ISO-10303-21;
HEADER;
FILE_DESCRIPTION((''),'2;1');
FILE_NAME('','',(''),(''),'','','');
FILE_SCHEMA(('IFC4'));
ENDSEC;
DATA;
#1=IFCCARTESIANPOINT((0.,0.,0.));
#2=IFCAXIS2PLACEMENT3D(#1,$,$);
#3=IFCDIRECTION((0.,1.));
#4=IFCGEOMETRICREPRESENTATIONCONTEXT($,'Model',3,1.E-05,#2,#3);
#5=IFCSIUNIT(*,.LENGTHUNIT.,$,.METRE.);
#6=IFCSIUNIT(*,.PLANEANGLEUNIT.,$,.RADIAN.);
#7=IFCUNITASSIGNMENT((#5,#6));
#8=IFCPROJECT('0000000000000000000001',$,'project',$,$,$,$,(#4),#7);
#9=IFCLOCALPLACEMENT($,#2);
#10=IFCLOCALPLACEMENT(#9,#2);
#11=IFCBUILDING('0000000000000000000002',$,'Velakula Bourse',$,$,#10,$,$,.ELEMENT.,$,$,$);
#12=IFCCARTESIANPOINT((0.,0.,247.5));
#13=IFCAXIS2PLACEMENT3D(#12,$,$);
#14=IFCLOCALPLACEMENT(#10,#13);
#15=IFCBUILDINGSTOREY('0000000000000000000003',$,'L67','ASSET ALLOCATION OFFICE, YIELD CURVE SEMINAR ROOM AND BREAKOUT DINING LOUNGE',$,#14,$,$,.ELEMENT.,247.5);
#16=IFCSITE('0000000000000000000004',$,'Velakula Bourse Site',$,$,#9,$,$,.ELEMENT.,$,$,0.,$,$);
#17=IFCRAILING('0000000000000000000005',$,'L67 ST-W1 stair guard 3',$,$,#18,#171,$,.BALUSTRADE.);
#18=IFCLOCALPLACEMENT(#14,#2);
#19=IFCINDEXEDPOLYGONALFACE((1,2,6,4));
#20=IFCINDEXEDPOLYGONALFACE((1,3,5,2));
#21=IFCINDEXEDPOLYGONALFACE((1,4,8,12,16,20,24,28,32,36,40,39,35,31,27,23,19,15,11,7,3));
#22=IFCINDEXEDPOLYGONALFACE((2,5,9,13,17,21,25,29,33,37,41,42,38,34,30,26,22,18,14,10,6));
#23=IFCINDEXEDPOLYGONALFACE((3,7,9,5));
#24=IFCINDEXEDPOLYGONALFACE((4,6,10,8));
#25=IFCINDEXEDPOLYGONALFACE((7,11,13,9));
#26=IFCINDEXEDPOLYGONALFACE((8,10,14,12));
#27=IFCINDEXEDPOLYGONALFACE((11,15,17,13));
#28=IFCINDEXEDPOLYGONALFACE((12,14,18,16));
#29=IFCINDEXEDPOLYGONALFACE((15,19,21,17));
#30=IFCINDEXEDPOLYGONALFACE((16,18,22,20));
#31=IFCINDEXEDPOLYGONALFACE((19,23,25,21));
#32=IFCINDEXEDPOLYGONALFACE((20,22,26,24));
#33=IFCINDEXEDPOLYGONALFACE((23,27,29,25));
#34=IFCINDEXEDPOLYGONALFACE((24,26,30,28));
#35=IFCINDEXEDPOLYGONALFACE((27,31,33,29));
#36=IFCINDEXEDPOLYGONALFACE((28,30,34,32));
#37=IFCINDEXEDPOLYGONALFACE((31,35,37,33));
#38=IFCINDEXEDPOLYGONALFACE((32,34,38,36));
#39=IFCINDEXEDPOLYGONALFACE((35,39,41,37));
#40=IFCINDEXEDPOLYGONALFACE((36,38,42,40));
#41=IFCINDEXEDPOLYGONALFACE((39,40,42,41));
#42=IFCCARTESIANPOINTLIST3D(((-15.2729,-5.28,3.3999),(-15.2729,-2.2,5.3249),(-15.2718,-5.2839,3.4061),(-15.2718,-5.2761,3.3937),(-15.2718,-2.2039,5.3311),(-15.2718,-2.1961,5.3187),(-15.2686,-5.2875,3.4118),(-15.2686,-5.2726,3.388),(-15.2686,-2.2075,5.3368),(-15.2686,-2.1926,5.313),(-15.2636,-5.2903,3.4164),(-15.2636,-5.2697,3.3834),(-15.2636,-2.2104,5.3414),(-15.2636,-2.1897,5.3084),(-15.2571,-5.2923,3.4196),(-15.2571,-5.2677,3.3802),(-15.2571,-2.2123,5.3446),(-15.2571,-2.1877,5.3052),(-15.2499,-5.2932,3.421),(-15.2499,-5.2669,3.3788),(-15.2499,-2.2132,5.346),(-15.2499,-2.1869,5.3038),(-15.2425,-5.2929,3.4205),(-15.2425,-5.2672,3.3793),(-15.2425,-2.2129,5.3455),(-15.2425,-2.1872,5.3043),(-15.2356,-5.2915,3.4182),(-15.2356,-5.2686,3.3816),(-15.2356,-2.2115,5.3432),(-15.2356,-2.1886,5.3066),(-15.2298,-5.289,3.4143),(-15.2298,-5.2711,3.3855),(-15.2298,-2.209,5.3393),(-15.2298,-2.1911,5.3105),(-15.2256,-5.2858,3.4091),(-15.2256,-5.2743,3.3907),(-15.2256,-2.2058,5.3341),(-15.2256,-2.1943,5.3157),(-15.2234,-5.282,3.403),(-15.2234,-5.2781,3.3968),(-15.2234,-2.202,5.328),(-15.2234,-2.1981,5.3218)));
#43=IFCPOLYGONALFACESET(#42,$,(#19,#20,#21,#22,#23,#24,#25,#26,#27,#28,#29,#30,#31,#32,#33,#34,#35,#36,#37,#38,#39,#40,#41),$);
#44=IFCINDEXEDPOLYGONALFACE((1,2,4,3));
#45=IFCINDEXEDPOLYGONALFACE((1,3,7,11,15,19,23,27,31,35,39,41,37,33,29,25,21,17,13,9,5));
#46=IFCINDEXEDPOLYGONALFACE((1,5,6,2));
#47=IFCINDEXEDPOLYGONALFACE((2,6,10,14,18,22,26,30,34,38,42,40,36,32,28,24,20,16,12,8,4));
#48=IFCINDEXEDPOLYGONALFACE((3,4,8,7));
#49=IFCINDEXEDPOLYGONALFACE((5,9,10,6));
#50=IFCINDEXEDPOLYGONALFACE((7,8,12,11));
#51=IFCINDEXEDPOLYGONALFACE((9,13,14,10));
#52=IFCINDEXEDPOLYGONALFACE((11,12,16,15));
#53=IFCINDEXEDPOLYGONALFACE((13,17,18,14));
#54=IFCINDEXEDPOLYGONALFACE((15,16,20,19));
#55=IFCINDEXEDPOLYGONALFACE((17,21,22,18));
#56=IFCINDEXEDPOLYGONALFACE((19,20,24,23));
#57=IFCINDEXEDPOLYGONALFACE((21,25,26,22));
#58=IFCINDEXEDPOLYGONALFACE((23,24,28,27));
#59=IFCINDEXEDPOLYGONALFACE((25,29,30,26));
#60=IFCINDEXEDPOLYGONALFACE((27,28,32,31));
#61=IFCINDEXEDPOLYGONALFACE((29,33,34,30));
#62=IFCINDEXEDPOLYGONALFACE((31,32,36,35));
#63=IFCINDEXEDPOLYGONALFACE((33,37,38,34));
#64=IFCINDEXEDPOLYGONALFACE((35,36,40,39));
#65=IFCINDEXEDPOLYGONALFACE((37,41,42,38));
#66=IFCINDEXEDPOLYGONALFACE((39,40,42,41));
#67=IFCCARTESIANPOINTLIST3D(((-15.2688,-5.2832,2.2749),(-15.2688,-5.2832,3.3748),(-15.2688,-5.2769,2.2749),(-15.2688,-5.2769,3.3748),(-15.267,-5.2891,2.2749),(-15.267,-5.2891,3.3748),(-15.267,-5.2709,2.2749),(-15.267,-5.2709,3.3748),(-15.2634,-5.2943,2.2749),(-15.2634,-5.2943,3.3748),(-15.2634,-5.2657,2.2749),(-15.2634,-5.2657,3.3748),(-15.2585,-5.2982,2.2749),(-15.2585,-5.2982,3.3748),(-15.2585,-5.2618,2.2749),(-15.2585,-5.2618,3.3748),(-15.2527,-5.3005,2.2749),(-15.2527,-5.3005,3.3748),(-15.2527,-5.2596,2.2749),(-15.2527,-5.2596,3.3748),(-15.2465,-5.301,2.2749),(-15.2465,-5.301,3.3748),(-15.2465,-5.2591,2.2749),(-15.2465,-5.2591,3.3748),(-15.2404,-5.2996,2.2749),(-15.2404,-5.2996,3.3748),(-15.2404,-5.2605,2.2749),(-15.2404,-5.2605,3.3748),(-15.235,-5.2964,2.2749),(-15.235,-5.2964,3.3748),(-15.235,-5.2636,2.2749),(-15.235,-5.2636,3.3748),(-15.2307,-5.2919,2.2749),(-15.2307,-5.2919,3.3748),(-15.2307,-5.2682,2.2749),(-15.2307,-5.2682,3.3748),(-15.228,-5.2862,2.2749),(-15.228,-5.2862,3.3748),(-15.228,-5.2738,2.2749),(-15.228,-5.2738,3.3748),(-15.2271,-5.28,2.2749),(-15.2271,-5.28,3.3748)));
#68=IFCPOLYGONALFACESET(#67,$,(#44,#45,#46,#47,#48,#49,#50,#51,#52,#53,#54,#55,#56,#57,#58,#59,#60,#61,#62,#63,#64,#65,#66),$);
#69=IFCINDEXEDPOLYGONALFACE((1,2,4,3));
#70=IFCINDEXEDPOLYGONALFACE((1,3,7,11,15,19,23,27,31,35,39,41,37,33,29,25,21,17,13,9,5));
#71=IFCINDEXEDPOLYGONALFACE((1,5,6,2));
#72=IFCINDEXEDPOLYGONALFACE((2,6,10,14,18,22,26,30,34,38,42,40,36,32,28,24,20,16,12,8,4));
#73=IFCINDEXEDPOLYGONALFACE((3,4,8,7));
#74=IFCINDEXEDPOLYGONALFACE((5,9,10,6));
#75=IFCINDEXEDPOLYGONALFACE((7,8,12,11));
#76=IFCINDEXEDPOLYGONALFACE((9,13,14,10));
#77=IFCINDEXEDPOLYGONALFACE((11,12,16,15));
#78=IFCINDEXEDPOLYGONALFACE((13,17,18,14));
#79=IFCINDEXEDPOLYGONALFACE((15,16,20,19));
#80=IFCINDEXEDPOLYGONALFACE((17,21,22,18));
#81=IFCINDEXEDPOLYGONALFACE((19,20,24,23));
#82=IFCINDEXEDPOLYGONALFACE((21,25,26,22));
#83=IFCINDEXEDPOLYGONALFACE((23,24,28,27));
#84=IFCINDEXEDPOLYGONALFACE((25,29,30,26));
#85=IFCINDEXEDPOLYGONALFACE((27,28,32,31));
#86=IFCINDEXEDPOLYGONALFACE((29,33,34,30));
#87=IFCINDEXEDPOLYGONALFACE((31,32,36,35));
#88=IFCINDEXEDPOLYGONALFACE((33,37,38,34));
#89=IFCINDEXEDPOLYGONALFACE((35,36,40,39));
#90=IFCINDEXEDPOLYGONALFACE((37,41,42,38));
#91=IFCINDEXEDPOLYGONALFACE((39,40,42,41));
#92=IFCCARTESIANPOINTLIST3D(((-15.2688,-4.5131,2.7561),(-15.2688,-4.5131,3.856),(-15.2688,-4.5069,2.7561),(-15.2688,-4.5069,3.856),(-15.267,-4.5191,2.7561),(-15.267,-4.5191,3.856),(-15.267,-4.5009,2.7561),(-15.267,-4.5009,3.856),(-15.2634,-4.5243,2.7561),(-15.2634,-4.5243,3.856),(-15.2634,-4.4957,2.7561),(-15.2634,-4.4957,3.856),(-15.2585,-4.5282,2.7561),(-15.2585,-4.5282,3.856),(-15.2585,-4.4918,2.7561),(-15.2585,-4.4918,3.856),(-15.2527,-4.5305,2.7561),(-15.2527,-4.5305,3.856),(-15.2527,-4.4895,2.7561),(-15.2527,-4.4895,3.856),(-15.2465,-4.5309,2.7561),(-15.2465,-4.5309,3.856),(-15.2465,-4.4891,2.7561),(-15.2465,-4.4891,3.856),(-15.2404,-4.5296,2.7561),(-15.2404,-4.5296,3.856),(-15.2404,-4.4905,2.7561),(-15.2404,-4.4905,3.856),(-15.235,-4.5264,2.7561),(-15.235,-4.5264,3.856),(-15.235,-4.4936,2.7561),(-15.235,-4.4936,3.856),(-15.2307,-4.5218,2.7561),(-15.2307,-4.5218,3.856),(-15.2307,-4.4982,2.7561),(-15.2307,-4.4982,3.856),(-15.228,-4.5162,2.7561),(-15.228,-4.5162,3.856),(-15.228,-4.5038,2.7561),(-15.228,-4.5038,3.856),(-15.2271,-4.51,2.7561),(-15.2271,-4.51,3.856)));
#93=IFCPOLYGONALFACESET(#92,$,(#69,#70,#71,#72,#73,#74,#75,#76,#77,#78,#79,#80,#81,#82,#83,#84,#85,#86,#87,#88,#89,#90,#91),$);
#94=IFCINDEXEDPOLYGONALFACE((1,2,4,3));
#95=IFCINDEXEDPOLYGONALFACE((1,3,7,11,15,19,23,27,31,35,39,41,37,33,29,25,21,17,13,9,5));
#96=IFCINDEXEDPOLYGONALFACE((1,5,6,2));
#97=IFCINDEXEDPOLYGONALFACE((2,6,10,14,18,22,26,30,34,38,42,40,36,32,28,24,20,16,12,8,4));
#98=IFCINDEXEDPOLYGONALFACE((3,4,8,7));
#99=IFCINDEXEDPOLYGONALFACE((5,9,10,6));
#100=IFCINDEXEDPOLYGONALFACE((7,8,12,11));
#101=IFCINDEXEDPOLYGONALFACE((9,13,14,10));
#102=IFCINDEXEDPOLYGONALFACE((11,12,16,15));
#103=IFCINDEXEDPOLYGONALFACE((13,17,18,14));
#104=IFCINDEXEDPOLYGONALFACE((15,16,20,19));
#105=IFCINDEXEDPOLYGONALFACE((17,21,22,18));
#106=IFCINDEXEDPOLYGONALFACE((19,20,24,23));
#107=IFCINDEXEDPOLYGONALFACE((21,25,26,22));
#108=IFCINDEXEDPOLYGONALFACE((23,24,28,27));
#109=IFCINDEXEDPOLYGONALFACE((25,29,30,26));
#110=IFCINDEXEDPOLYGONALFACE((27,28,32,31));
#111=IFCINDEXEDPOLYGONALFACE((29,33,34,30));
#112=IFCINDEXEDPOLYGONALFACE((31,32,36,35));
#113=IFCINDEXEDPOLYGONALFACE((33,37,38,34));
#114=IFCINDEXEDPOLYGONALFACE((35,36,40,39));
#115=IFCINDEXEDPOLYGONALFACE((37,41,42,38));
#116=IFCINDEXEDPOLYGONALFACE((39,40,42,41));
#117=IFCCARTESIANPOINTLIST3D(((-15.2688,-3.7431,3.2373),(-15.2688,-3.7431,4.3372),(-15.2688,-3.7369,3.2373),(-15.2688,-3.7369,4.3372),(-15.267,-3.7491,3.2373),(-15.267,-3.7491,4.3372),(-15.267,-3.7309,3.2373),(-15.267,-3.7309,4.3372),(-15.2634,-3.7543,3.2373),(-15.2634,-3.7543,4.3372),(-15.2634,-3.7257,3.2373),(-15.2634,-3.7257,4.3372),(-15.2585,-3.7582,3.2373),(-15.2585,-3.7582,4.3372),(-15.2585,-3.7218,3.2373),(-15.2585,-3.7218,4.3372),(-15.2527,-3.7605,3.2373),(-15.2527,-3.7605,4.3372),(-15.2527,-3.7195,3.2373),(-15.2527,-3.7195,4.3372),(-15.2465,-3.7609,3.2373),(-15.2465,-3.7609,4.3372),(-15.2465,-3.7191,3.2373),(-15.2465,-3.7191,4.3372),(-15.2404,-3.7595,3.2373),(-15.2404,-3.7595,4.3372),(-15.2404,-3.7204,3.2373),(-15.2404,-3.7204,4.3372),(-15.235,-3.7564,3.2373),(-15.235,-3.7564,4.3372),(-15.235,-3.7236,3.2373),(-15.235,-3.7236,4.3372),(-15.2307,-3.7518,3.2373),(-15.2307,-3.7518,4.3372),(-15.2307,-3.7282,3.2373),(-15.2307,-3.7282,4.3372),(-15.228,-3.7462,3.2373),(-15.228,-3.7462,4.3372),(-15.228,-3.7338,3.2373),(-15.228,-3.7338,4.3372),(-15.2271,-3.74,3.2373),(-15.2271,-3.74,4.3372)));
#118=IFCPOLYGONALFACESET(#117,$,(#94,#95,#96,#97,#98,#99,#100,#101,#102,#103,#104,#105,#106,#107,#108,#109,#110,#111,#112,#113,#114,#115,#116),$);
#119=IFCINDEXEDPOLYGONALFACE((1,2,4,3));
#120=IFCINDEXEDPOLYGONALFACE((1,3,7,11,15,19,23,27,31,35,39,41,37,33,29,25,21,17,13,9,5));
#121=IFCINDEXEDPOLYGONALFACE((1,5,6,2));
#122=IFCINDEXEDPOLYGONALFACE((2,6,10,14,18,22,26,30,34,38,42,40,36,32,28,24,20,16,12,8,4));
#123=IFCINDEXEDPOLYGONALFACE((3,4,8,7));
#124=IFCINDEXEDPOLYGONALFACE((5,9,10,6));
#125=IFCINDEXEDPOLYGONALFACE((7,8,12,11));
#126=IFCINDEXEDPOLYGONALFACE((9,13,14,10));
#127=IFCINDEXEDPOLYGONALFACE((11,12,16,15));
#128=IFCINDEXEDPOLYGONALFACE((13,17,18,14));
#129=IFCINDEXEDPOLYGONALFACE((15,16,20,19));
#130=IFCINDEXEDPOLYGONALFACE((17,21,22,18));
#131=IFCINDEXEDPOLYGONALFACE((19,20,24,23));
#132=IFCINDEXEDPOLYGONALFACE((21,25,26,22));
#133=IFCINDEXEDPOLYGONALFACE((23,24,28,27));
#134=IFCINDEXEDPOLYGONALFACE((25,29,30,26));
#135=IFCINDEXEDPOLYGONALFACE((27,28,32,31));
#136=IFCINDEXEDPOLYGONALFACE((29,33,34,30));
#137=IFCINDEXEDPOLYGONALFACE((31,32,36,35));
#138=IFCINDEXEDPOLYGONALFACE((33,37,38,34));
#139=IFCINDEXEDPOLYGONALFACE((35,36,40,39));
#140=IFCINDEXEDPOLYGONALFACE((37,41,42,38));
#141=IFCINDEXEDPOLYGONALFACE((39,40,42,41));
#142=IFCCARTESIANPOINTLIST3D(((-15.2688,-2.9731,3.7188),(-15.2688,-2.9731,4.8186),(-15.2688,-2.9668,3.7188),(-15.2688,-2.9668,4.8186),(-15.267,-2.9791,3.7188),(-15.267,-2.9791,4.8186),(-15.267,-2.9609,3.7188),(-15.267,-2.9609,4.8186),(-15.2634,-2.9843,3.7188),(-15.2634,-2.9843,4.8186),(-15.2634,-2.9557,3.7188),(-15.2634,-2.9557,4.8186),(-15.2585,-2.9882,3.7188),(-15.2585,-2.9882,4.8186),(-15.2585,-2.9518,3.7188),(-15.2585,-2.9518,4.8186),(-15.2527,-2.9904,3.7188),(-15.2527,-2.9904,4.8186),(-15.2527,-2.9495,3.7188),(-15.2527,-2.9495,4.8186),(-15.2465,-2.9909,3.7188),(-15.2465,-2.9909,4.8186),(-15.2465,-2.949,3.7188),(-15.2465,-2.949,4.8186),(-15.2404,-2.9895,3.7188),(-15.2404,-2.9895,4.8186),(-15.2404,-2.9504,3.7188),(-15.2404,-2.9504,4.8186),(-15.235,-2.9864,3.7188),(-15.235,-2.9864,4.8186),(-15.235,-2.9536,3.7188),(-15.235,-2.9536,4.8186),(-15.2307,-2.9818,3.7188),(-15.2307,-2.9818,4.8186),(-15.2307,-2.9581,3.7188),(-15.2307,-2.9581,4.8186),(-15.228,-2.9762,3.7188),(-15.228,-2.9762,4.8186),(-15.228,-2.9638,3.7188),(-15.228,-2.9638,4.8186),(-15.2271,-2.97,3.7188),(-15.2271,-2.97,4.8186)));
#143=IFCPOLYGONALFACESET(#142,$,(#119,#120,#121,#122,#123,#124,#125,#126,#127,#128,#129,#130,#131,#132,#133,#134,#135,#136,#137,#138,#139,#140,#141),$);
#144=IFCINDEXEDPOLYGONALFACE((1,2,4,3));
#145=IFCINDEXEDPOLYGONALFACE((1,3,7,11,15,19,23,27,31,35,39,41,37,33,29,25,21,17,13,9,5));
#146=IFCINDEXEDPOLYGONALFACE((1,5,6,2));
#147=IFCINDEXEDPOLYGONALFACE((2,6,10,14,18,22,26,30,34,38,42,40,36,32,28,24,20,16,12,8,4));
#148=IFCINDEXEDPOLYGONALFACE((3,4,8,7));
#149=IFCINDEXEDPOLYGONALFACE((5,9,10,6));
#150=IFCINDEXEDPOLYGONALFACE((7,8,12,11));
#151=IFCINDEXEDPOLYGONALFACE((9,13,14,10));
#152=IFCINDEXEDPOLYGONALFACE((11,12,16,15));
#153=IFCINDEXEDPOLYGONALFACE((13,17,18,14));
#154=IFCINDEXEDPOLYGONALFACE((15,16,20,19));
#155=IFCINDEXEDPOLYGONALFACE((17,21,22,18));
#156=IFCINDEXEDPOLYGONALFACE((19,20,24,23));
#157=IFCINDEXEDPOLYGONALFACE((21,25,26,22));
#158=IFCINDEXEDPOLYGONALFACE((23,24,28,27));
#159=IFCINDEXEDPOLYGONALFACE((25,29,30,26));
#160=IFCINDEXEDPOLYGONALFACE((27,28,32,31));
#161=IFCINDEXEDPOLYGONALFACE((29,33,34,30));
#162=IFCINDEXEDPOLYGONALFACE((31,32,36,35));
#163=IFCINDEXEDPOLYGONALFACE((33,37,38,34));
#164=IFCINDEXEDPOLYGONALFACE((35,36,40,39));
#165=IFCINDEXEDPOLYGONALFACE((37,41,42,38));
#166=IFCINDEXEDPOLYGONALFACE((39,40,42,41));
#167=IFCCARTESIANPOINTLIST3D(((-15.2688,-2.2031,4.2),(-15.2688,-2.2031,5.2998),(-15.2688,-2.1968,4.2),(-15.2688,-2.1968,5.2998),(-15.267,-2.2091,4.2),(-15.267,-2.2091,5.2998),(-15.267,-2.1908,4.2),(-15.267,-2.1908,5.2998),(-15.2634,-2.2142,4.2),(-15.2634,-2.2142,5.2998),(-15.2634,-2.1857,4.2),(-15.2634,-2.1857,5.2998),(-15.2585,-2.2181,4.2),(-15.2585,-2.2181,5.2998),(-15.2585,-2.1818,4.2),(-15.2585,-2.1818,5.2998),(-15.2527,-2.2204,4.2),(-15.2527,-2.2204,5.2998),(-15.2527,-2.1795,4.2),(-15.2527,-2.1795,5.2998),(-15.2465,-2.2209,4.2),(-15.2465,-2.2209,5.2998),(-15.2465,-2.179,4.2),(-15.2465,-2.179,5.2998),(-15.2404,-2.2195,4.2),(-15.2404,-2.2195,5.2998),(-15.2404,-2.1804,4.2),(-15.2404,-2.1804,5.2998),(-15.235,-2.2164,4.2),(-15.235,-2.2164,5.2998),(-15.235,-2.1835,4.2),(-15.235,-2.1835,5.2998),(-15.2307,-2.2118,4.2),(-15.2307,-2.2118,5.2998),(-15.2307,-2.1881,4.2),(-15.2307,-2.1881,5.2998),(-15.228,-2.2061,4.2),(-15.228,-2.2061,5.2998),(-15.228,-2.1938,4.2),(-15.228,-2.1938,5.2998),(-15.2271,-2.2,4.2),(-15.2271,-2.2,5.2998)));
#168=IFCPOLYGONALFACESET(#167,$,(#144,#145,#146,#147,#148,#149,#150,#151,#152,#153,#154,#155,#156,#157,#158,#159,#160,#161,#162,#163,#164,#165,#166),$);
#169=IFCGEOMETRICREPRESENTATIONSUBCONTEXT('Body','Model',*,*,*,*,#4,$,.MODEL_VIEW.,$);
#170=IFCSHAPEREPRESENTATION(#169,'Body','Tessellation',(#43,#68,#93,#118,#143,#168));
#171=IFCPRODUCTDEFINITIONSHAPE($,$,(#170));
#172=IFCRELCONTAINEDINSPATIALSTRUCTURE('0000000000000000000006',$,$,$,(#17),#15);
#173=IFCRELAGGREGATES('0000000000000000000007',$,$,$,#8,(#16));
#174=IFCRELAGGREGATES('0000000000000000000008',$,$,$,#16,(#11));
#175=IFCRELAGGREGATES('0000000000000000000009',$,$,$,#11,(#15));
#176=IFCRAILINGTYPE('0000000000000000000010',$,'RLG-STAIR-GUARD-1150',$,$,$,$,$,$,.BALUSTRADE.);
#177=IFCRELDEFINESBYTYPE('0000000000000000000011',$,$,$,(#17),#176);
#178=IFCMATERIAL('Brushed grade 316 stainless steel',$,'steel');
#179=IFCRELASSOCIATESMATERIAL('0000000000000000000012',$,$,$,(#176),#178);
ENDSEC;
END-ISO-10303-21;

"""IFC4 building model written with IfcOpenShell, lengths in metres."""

from ifc_helpers import new_model, si_unit, direction, frame, origin, origin_2d, place, context, subcontext, project, spatial, circle, extrude, material, type_object, element, save


model = new_model("IFC4")

# Units and contexts
model_context = context("Model", 3, precision=1e-05, world=origin(), true_north=direction((0.0, 1.0)))
body_context = subcontext(model_context, "Body", "Model", "MODEL_VIEW")
ifc_project = project(units=[si_unit("LENGTHUNIT", "METRE"), si_unit("PLANEANGLEUNIT", "RADIAN")], contexts=[model_context])

# Site, building, storey
site_placement = place(None, origin())
site = spatial("IfcSite", under=ifc_project, at=site_placement, Name="Velakula Bourse Site", CompositionType="ELEMENT", RefElevation=0.0)
building_placement = place(site_placement, origin())
building = spatial("IfcBuilding", under=site, at=building_placement, Name="Velakula Bourse", CompositionType="ELEMENT")
storey_placement = place(building_placement, frame((0.0, 0.0, 247.5)))
storey = spatial("IfcBuildingStorey", under=building, at=storey_placement, Name="L67", Description="ASSET ALLOCATION OFFICE, YIELD CURVE SEMINAR ROOM AND BREAKOUT DINING LOUNGE", CompositionType="ELEMENT", Elevation=247.5)

# Shared definitions
ifc_material_1 = material(Name="Brushed grade 316 stainless steel", Category="steel")

# Railing
railing_type_1 = type_object("IfcRailingType", Name="RLG-STAIR-GUARD-1150", PredefinedType="BALUSTRADE", material=ifc_material_1)
railing_1_placement = place(storey_placement, frame((-15.248, -5.28, 2.2749)))
element("IfcRailing", 1, at=railing_1_placement, inside=storey, type_object=railing_type_1, Name="L67 ST-W1 stair guard 3", PredefinedType="BALUSTRADE", context=body_context, shape_type="SweptSolid", body=[
    extrude(circle(Radius=0.0249, at=origin_2d()), frame((0.0, 0.0, 1.125), z_axis=(0.0, 0.847998, 0.529999), x_axis=(-1.0, 0.0, 0.0)), (0.0, 0.0, 1.0), 3.6321),
    extrude(circle(Radius=0.021, at=origin_2d()), origin(), (0.0, 0.0, 1.0), 1.0999),
    extrude(circle(Radius=0.021, at=origin_2d()), frame((0.0, 0.77, 0.4812)), (0.0, 0.0, 1.0), 1.0999),
    extrude(circle(Radius=0.021, at=origin_2d()), frame((0.0, 1.54, 0.9624)), (0.0, 0.0, 1.0), 1.0999),
    extrude(circle(Radius=0.021, at=origin_2d()), frame((0.0, 2.3101, 1.4438)), (0.0, 0.0, 1.0), 1.0999),
    extrude(circle(Radius=0.021, at=origin_2d()), frame((0.0, 3.0801, 1.925)), (0.0, 0.0, 1.0), 1.0999),
])

save(model, "model.ifc")
